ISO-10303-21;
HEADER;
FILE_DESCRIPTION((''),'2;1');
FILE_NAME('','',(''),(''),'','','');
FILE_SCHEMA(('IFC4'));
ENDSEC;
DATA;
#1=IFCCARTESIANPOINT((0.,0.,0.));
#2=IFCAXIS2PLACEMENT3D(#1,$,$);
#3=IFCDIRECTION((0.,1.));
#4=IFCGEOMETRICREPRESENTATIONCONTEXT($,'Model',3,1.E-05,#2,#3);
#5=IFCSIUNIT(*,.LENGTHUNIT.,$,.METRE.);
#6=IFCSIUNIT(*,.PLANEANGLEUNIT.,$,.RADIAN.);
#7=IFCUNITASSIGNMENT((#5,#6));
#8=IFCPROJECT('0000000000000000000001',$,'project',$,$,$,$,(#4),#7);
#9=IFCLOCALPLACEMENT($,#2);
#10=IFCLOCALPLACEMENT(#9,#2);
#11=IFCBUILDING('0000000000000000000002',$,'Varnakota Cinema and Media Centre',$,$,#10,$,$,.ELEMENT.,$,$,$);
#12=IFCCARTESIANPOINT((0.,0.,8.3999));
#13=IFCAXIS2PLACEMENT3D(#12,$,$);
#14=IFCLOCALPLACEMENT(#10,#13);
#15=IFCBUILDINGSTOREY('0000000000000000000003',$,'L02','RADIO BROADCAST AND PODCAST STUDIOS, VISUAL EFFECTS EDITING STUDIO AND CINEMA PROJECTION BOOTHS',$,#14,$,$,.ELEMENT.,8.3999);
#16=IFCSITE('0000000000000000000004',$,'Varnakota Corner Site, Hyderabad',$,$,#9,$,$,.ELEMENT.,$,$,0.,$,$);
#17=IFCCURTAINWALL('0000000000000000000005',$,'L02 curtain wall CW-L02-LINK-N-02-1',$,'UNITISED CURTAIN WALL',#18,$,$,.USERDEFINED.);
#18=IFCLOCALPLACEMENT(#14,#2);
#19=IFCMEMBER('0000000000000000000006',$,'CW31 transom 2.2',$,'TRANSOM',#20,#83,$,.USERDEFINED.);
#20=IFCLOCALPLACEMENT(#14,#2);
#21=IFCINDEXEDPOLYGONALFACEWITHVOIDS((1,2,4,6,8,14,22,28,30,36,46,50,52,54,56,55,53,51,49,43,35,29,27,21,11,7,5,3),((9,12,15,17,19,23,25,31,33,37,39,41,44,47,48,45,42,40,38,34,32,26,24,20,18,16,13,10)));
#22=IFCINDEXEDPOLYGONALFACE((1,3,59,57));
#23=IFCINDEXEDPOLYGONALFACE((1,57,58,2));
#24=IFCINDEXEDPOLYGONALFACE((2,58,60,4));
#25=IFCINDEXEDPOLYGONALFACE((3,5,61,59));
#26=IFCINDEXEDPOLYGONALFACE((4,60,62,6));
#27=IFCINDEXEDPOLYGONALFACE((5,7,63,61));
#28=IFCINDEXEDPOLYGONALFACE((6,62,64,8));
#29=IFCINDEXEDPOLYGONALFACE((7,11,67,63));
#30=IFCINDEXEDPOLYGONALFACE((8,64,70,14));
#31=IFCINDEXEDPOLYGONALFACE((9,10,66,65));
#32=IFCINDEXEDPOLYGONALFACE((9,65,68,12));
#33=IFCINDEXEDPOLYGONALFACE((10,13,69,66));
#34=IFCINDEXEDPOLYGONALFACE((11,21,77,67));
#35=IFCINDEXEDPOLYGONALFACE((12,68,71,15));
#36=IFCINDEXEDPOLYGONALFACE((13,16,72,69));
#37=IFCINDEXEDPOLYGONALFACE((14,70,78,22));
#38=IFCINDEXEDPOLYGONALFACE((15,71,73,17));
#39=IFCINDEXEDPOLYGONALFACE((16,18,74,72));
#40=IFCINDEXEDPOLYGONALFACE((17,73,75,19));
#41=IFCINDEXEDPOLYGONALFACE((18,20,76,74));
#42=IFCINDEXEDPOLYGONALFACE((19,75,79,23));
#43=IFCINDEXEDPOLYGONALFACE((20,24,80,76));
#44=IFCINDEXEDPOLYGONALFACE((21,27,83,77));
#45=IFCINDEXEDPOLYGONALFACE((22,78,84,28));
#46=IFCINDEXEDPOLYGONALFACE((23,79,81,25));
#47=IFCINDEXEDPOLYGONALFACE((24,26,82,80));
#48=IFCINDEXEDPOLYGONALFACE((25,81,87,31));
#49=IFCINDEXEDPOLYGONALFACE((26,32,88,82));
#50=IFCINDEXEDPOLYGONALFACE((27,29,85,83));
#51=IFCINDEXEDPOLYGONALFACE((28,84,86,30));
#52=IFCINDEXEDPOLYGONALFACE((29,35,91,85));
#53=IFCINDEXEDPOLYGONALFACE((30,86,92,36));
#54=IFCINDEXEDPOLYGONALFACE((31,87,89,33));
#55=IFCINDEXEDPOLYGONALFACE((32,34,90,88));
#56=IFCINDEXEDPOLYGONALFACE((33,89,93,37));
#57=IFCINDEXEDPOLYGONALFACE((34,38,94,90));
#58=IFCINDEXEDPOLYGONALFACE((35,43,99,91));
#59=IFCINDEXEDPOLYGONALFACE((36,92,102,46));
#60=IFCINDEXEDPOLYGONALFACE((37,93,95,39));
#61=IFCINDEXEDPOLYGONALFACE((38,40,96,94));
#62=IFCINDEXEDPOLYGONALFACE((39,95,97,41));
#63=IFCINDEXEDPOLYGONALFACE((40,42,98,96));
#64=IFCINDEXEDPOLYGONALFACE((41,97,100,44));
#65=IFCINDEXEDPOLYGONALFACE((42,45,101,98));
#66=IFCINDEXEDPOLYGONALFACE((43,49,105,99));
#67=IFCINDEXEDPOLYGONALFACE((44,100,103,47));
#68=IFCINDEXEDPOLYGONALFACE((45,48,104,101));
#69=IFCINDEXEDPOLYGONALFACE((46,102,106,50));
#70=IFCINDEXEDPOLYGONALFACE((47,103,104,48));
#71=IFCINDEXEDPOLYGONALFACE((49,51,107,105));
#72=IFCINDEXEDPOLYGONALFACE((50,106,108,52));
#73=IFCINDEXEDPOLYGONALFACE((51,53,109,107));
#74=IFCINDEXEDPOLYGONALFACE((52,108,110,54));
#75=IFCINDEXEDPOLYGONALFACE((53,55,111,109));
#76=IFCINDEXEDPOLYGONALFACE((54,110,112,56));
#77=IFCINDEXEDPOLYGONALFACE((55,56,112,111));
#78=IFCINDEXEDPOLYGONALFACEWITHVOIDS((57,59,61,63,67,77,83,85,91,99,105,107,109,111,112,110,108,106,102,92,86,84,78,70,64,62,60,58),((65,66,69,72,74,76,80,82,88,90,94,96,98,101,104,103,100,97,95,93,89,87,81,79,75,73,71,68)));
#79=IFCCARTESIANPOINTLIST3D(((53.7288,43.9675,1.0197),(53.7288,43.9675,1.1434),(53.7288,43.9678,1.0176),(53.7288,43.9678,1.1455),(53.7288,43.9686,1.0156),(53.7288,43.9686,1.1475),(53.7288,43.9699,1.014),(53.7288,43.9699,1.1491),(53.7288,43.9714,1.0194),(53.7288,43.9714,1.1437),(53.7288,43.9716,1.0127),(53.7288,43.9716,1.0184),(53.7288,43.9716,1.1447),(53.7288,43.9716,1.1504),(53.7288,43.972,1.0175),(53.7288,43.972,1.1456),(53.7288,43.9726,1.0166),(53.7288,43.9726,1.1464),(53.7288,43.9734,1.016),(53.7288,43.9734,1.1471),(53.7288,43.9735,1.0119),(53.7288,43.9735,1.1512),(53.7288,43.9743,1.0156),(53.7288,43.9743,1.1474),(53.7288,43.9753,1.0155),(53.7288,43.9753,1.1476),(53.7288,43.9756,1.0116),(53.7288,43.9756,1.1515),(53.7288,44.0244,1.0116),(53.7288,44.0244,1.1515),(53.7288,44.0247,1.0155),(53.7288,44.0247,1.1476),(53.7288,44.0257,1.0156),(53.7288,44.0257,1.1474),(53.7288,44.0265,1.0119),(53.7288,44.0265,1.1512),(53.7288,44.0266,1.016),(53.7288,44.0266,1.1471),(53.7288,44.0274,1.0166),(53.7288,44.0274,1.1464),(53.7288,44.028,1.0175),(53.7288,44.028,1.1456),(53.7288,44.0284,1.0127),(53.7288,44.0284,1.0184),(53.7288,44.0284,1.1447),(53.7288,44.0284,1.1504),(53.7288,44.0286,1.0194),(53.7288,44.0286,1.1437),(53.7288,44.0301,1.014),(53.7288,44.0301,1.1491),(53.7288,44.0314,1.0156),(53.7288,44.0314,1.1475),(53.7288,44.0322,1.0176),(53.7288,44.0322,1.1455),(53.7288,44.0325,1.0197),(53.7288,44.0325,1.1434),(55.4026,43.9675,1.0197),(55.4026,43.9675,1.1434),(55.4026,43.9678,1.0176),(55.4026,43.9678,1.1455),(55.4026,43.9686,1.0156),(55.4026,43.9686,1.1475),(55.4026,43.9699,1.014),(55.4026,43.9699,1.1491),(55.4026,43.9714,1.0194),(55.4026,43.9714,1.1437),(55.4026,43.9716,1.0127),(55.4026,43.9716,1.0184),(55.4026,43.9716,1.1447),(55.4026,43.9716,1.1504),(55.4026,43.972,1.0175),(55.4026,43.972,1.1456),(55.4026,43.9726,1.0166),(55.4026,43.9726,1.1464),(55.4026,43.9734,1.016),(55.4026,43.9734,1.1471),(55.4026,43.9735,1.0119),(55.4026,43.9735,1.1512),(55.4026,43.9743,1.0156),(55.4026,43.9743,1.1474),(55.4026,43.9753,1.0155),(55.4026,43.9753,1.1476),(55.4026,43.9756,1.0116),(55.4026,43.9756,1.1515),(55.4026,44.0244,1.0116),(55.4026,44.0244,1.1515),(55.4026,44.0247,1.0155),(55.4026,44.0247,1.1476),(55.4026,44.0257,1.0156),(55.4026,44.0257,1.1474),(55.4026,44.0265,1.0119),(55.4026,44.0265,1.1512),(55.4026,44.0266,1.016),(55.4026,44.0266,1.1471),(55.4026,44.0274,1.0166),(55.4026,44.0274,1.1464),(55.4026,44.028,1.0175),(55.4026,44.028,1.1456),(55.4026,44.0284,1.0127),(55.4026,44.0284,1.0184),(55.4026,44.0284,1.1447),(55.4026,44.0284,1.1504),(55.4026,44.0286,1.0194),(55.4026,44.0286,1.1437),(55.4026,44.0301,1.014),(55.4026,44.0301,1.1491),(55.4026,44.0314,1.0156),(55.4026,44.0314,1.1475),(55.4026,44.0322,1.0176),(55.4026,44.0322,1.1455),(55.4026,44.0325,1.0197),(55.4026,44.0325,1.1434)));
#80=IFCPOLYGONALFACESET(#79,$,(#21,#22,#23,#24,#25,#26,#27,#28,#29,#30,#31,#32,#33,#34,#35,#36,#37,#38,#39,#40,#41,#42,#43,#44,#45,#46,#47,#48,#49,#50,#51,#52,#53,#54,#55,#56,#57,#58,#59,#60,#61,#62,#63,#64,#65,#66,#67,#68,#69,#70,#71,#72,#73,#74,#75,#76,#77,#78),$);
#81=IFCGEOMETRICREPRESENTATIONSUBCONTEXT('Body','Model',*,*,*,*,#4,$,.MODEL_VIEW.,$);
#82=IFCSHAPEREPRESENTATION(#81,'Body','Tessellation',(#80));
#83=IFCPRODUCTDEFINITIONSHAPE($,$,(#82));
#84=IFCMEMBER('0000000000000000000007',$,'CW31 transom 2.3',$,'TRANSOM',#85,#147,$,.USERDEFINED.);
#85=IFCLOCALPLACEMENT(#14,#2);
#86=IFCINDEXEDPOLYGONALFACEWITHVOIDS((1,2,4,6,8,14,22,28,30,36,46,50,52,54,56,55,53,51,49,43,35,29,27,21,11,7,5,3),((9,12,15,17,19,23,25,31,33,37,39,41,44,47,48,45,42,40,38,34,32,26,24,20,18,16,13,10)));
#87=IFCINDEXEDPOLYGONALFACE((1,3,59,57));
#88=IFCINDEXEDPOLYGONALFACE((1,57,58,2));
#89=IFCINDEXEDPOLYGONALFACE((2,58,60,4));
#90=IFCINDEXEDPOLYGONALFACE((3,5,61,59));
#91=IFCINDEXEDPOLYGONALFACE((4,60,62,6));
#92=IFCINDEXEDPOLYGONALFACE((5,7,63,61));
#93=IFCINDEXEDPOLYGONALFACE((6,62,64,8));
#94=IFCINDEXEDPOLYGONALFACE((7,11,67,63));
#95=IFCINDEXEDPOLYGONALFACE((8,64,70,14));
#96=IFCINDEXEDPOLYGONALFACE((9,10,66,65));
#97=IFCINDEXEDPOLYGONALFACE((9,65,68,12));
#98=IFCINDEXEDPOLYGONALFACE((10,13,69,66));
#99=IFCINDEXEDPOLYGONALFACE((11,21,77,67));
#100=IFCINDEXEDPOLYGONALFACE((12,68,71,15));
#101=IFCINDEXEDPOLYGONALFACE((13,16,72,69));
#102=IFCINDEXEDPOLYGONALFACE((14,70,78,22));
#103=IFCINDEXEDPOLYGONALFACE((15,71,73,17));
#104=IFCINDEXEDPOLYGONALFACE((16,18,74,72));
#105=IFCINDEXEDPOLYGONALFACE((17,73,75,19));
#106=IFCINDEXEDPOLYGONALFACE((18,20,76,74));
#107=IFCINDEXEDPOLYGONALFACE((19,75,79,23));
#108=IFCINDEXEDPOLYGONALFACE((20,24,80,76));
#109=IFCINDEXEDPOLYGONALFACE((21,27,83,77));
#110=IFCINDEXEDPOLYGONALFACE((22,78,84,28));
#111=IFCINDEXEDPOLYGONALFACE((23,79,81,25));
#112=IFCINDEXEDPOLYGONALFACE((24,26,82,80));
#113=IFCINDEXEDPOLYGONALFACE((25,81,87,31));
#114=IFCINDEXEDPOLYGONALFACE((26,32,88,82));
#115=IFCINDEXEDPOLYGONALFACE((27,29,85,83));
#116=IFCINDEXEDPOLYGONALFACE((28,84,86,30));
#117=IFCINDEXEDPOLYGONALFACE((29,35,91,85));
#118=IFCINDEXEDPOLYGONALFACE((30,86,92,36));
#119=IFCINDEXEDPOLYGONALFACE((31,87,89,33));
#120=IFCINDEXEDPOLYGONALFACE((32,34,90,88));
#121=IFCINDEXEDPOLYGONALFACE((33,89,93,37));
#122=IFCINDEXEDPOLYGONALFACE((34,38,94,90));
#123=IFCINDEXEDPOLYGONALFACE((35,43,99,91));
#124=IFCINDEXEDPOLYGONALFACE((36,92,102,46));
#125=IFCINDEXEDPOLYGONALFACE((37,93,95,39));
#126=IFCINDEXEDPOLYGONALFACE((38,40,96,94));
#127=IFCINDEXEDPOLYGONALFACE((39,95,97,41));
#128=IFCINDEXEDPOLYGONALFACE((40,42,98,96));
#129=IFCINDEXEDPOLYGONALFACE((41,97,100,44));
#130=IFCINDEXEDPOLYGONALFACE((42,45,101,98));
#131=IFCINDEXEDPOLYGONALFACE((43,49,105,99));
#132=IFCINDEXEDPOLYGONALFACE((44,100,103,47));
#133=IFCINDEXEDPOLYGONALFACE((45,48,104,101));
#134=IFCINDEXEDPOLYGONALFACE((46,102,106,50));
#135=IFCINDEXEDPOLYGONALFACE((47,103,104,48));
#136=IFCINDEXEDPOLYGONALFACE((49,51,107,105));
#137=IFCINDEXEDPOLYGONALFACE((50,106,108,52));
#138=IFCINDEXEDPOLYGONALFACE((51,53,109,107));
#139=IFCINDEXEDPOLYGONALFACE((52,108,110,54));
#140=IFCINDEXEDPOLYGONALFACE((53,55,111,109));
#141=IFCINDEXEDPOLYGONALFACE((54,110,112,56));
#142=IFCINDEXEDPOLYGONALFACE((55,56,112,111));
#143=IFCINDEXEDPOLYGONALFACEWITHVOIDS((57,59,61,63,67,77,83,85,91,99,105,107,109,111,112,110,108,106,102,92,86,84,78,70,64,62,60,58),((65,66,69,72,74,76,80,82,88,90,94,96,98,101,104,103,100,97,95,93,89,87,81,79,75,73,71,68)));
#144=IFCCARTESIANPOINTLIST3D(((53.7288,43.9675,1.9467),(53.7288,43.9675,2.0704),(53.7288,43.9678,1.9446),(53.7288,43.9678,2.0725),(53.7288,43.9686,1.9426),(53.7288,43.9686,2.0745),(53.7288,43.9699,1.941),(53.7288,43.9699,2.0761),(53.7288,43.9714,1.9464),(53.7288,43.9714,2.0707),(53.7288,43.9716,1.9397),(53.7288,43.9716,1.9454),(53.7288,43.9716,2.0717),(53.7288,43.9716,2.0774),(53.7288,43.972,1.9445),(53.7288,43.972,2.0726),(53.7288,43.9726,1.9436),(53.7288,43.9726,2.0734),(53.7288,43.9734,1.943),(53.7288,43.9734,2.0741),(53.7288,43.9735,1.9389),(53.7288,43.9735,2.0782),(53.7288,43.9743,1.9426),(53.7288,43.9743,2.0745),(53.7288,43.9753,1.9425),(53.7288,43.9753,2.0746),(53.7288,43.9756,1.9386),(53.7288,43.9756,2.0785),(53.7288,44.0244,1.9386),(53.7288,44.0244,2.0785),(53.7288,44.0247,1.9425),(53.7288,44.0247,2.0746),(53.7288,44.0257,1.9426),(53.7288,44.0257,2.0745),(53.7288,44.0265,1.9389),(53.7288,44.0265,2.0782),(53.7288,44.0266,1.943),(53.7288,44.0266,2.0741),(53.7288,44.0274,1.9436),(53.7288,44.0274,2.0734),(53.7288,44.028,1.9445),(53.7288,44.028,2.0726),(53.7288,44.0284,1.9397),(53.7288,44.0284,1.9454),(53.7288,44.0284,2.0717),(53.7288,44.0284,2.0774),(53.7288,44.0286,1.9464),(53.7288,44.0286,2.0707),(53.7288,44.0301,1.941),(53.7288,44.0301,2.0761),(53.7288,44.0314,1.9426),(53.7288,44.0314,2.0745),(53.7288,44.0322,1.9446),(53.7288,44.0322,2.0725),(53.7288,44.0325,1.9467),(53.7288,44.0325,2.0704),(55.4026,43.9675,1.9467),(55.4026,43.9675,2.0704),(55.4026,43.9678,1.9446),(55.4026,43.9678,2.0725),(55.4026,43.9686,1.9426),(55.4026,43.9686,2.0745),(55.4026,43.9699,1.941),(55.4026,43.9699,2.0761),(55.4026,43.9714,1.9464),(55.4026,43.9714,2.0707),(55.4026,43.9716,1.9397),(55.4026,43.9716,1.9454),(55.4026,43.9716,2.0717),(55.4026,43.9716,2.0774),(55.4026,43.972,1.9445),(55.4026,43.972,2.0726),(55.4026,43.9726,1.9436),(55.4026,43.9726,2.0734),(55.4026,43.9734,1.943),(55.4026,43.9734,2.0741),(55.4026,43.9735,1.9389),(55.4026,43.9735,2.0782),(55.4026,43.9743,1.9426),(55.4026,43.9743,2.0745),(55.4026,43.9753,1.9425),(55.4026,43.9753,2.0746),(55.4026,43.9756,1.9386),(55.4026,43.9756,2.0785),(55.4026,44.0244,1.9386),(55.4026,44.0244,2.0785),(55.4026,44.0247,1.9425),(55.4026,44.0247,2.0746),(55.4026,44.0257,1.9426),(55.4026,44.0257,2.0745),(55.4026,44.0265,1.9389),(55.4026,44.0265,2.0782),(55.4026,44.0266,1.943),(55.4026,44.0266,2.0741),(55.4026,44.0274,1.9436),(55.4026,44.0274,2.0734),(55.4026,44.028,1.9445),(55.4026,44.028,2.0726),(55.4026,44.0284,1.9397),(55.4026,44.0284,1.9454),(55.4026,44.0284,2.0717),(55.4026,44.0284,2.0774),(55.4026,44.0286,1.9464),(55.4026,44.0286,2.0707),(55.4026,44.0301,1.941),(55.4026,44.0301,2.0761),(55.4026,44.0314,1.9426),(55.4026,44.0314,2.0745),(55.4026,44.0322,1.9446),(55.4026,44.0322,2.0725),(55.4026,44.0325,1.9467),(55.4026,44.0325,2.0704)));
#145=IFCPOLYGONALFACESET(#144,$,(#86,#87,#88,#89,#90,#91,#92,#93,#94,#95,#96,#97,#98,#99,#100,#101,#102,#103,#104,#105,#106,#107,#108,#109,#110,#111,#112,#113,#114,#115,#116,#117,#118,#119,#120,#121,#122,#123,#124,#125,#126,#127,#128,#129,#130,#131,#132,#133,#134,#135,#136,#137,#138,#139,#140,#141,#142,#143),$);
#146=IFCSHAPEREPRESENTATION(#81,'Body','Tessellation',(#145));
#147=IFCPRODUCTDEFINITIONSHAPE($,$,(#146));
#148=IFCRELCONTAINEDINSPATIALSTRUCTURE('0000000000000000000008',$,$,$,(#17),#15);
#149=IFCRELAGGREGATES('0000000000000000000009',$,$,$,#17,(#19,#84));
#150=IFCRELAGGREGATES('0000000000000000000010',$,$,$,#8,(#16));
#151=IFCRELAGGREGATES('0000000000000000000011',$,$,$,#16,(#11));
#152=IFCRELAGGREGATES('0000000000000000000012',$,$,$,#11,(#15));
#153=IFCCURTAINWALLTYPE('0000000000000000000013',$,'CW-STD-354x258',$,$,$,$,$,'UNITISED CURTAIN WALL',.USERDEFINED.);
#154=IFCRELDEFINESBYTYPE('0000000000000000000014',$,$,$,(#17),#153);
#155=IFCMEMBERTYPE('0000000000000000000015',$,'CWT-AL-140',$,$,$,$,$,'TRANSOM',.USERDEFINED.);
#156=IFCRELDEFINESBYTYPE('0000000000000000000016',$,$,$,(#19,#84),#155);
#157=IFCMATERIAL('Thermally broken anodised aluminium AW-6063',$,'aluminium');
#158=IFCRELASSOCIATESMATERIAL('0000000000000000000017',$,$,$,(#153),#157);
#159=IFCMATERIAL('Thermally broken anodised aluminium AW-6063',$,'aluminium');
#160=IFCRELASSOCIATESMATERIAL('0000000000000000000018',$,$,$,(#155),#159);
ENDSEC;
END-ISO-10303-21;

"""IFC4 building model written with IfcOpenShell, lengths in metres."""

from ifc_helpers import new_model, si_unit, direction, frame, origin, origin_2d, place, context, subcontext, project, spatial, hollow_rectangle, extrude, material, material_profile, profile_set, type_object, element, aggregate, save


model = new_model("IFC4")

# Units and contexts
model_context = context("Model", 3, precision=1e-05, world=origin(), true_north=direction((0.0, 1.0)))
body_context = subcontext(model_context, "Body", "Model", "MODEL_VIEW")
ifc_project = project(units=[si_unit("LENGTHUNIT", "METRE"), si_unit("PLANEANGLEUNIT", "RADIAN")], contexts=[model_context])

# Site, building, storey
site_placement = place(None, origin())
site = spatial("IfcSite", under=ifc_project, at=site_placement, Name="Varnakota Corner Site, Hyderabad", CompositionType="ELEMENT", RefElevation=0.0)
building_placement = place(site_placement, origin())
building = spatial("IfcBuilding", under=site, at=building_placement, Name="Varnakota Cinema and Media Centre", CompositionType="ELEMENT")
storey_placement = place(building_placement, frame((0.0, 0.0, 8.3999)))
storey = spatial("IfcBuildingStorey", under=building, at=storey_placement, Name="L02", Description="RADIO BROADCAST AND PODCAST STUDIOS, VISUAL EFFECTS EDITING STUDIO AND CINEMA PROJECTION BOOTHS", CompositionType="ELEMENT", Elevation=8.3999)

# Curtain wall
ifc_material_1 = material(Name="Thermally broken anodised aluminium AW-6063", Category="aluminium")
curtain_wall_type = type_object("IfcCurtainWallType", Name="CW-STD-354x258", ElementType="UNITISED CURTAIN WALL", PredefinedType="USERDEFINED", material=ifc_material_1)
curtain_wall_1_placement = place(storey_placement, origin())
curtain_wall_1 = element("IfcCurtainWall", 1, at=curtain_wall_1_placement, inside=storey, type_object=curtain_wall_type, Name="L02 curtain wall CW-L02-LINK-N-02-1", ObjectType="UNITISED CURTAIN WALL", PredefinedType="USERDEFINED")

# Members
ifc_material_2 = material(Name="Thermally broken anodised aluminium AW-6063", Category="aluminium")
ifc_material_profile_1 = material_profile(ifc_material_2, hollow_rectangle(XDim=0.0649, YDim=0.1399, WallThickness=0.0039, InnerFilletRadius=0.0039, OuterFilletRadius=0.0081, at=origin_2d()), Name="AL-TRANSOM 140x65x4")
ifc_profile_set_1 = profile_set([ifc_material_profile_1], Name="Thermally broken anodised aluminium AW-6063")
member_type_1 = type_object("IfcMemberType", Name="CWT-AL-140", ElementType="TRANSOM", PredefinedType="USERDEFINED", material=ifc_profile_set_1)
member_1_placement = place(storey_placement, frame((53.7288, 44.0, 1.0815), z_axis=(1.0, 0.0, 0.0), x_axis=(0.0, 1.0, 0.0)))
member_1 = element("IfcMember", 2, at=member_1_placement, type_object=member_type_1, Name="CW31 transom 2.2", ObjectType="TRANSOM", PredefinedType="USERDEFINED", context=body_context, shape_type="SweptSolid", body=[
    extrude(hollow_rectangle(XDim=0.0649, YDim=0.1399, WallThickness=0.0039, InnerFilletRadius=0.0039, OuterFilletRadius=0.0081, at=origin_2d()), origin(), (0.0, 0.0, 1.0), 1.6738),
])
member_2_placement = place(storey_placement, frame((53.7288, 44.0, 2.0085), z_axis=(1.0, 0.0, 0.0), x_axis=(0.0, 1.0, 0.0)))
member_2 = element("IfcMember", 3, at=member_2_placement, type_object=member_type_1, Name="CW31 transom 2.3", ObjectType="TRANSOM", PredefinedType="USERDEFINED", context=body_context, shape_type="SweptSolid", body=[
    extrude(hollow_rectangle(XDim=0.0649, YDim=0.1399, WallThickness=0.0039, InnerFilletRadius=0.0039, OuterFilletRadius=0.0081, at=origin_2d()), origin(), (0.0, 0.0, 1.0), 1.6738),
])

aggregate(curtain_wall_1, [member_1, member_2])

save(model, "model.ifc")
